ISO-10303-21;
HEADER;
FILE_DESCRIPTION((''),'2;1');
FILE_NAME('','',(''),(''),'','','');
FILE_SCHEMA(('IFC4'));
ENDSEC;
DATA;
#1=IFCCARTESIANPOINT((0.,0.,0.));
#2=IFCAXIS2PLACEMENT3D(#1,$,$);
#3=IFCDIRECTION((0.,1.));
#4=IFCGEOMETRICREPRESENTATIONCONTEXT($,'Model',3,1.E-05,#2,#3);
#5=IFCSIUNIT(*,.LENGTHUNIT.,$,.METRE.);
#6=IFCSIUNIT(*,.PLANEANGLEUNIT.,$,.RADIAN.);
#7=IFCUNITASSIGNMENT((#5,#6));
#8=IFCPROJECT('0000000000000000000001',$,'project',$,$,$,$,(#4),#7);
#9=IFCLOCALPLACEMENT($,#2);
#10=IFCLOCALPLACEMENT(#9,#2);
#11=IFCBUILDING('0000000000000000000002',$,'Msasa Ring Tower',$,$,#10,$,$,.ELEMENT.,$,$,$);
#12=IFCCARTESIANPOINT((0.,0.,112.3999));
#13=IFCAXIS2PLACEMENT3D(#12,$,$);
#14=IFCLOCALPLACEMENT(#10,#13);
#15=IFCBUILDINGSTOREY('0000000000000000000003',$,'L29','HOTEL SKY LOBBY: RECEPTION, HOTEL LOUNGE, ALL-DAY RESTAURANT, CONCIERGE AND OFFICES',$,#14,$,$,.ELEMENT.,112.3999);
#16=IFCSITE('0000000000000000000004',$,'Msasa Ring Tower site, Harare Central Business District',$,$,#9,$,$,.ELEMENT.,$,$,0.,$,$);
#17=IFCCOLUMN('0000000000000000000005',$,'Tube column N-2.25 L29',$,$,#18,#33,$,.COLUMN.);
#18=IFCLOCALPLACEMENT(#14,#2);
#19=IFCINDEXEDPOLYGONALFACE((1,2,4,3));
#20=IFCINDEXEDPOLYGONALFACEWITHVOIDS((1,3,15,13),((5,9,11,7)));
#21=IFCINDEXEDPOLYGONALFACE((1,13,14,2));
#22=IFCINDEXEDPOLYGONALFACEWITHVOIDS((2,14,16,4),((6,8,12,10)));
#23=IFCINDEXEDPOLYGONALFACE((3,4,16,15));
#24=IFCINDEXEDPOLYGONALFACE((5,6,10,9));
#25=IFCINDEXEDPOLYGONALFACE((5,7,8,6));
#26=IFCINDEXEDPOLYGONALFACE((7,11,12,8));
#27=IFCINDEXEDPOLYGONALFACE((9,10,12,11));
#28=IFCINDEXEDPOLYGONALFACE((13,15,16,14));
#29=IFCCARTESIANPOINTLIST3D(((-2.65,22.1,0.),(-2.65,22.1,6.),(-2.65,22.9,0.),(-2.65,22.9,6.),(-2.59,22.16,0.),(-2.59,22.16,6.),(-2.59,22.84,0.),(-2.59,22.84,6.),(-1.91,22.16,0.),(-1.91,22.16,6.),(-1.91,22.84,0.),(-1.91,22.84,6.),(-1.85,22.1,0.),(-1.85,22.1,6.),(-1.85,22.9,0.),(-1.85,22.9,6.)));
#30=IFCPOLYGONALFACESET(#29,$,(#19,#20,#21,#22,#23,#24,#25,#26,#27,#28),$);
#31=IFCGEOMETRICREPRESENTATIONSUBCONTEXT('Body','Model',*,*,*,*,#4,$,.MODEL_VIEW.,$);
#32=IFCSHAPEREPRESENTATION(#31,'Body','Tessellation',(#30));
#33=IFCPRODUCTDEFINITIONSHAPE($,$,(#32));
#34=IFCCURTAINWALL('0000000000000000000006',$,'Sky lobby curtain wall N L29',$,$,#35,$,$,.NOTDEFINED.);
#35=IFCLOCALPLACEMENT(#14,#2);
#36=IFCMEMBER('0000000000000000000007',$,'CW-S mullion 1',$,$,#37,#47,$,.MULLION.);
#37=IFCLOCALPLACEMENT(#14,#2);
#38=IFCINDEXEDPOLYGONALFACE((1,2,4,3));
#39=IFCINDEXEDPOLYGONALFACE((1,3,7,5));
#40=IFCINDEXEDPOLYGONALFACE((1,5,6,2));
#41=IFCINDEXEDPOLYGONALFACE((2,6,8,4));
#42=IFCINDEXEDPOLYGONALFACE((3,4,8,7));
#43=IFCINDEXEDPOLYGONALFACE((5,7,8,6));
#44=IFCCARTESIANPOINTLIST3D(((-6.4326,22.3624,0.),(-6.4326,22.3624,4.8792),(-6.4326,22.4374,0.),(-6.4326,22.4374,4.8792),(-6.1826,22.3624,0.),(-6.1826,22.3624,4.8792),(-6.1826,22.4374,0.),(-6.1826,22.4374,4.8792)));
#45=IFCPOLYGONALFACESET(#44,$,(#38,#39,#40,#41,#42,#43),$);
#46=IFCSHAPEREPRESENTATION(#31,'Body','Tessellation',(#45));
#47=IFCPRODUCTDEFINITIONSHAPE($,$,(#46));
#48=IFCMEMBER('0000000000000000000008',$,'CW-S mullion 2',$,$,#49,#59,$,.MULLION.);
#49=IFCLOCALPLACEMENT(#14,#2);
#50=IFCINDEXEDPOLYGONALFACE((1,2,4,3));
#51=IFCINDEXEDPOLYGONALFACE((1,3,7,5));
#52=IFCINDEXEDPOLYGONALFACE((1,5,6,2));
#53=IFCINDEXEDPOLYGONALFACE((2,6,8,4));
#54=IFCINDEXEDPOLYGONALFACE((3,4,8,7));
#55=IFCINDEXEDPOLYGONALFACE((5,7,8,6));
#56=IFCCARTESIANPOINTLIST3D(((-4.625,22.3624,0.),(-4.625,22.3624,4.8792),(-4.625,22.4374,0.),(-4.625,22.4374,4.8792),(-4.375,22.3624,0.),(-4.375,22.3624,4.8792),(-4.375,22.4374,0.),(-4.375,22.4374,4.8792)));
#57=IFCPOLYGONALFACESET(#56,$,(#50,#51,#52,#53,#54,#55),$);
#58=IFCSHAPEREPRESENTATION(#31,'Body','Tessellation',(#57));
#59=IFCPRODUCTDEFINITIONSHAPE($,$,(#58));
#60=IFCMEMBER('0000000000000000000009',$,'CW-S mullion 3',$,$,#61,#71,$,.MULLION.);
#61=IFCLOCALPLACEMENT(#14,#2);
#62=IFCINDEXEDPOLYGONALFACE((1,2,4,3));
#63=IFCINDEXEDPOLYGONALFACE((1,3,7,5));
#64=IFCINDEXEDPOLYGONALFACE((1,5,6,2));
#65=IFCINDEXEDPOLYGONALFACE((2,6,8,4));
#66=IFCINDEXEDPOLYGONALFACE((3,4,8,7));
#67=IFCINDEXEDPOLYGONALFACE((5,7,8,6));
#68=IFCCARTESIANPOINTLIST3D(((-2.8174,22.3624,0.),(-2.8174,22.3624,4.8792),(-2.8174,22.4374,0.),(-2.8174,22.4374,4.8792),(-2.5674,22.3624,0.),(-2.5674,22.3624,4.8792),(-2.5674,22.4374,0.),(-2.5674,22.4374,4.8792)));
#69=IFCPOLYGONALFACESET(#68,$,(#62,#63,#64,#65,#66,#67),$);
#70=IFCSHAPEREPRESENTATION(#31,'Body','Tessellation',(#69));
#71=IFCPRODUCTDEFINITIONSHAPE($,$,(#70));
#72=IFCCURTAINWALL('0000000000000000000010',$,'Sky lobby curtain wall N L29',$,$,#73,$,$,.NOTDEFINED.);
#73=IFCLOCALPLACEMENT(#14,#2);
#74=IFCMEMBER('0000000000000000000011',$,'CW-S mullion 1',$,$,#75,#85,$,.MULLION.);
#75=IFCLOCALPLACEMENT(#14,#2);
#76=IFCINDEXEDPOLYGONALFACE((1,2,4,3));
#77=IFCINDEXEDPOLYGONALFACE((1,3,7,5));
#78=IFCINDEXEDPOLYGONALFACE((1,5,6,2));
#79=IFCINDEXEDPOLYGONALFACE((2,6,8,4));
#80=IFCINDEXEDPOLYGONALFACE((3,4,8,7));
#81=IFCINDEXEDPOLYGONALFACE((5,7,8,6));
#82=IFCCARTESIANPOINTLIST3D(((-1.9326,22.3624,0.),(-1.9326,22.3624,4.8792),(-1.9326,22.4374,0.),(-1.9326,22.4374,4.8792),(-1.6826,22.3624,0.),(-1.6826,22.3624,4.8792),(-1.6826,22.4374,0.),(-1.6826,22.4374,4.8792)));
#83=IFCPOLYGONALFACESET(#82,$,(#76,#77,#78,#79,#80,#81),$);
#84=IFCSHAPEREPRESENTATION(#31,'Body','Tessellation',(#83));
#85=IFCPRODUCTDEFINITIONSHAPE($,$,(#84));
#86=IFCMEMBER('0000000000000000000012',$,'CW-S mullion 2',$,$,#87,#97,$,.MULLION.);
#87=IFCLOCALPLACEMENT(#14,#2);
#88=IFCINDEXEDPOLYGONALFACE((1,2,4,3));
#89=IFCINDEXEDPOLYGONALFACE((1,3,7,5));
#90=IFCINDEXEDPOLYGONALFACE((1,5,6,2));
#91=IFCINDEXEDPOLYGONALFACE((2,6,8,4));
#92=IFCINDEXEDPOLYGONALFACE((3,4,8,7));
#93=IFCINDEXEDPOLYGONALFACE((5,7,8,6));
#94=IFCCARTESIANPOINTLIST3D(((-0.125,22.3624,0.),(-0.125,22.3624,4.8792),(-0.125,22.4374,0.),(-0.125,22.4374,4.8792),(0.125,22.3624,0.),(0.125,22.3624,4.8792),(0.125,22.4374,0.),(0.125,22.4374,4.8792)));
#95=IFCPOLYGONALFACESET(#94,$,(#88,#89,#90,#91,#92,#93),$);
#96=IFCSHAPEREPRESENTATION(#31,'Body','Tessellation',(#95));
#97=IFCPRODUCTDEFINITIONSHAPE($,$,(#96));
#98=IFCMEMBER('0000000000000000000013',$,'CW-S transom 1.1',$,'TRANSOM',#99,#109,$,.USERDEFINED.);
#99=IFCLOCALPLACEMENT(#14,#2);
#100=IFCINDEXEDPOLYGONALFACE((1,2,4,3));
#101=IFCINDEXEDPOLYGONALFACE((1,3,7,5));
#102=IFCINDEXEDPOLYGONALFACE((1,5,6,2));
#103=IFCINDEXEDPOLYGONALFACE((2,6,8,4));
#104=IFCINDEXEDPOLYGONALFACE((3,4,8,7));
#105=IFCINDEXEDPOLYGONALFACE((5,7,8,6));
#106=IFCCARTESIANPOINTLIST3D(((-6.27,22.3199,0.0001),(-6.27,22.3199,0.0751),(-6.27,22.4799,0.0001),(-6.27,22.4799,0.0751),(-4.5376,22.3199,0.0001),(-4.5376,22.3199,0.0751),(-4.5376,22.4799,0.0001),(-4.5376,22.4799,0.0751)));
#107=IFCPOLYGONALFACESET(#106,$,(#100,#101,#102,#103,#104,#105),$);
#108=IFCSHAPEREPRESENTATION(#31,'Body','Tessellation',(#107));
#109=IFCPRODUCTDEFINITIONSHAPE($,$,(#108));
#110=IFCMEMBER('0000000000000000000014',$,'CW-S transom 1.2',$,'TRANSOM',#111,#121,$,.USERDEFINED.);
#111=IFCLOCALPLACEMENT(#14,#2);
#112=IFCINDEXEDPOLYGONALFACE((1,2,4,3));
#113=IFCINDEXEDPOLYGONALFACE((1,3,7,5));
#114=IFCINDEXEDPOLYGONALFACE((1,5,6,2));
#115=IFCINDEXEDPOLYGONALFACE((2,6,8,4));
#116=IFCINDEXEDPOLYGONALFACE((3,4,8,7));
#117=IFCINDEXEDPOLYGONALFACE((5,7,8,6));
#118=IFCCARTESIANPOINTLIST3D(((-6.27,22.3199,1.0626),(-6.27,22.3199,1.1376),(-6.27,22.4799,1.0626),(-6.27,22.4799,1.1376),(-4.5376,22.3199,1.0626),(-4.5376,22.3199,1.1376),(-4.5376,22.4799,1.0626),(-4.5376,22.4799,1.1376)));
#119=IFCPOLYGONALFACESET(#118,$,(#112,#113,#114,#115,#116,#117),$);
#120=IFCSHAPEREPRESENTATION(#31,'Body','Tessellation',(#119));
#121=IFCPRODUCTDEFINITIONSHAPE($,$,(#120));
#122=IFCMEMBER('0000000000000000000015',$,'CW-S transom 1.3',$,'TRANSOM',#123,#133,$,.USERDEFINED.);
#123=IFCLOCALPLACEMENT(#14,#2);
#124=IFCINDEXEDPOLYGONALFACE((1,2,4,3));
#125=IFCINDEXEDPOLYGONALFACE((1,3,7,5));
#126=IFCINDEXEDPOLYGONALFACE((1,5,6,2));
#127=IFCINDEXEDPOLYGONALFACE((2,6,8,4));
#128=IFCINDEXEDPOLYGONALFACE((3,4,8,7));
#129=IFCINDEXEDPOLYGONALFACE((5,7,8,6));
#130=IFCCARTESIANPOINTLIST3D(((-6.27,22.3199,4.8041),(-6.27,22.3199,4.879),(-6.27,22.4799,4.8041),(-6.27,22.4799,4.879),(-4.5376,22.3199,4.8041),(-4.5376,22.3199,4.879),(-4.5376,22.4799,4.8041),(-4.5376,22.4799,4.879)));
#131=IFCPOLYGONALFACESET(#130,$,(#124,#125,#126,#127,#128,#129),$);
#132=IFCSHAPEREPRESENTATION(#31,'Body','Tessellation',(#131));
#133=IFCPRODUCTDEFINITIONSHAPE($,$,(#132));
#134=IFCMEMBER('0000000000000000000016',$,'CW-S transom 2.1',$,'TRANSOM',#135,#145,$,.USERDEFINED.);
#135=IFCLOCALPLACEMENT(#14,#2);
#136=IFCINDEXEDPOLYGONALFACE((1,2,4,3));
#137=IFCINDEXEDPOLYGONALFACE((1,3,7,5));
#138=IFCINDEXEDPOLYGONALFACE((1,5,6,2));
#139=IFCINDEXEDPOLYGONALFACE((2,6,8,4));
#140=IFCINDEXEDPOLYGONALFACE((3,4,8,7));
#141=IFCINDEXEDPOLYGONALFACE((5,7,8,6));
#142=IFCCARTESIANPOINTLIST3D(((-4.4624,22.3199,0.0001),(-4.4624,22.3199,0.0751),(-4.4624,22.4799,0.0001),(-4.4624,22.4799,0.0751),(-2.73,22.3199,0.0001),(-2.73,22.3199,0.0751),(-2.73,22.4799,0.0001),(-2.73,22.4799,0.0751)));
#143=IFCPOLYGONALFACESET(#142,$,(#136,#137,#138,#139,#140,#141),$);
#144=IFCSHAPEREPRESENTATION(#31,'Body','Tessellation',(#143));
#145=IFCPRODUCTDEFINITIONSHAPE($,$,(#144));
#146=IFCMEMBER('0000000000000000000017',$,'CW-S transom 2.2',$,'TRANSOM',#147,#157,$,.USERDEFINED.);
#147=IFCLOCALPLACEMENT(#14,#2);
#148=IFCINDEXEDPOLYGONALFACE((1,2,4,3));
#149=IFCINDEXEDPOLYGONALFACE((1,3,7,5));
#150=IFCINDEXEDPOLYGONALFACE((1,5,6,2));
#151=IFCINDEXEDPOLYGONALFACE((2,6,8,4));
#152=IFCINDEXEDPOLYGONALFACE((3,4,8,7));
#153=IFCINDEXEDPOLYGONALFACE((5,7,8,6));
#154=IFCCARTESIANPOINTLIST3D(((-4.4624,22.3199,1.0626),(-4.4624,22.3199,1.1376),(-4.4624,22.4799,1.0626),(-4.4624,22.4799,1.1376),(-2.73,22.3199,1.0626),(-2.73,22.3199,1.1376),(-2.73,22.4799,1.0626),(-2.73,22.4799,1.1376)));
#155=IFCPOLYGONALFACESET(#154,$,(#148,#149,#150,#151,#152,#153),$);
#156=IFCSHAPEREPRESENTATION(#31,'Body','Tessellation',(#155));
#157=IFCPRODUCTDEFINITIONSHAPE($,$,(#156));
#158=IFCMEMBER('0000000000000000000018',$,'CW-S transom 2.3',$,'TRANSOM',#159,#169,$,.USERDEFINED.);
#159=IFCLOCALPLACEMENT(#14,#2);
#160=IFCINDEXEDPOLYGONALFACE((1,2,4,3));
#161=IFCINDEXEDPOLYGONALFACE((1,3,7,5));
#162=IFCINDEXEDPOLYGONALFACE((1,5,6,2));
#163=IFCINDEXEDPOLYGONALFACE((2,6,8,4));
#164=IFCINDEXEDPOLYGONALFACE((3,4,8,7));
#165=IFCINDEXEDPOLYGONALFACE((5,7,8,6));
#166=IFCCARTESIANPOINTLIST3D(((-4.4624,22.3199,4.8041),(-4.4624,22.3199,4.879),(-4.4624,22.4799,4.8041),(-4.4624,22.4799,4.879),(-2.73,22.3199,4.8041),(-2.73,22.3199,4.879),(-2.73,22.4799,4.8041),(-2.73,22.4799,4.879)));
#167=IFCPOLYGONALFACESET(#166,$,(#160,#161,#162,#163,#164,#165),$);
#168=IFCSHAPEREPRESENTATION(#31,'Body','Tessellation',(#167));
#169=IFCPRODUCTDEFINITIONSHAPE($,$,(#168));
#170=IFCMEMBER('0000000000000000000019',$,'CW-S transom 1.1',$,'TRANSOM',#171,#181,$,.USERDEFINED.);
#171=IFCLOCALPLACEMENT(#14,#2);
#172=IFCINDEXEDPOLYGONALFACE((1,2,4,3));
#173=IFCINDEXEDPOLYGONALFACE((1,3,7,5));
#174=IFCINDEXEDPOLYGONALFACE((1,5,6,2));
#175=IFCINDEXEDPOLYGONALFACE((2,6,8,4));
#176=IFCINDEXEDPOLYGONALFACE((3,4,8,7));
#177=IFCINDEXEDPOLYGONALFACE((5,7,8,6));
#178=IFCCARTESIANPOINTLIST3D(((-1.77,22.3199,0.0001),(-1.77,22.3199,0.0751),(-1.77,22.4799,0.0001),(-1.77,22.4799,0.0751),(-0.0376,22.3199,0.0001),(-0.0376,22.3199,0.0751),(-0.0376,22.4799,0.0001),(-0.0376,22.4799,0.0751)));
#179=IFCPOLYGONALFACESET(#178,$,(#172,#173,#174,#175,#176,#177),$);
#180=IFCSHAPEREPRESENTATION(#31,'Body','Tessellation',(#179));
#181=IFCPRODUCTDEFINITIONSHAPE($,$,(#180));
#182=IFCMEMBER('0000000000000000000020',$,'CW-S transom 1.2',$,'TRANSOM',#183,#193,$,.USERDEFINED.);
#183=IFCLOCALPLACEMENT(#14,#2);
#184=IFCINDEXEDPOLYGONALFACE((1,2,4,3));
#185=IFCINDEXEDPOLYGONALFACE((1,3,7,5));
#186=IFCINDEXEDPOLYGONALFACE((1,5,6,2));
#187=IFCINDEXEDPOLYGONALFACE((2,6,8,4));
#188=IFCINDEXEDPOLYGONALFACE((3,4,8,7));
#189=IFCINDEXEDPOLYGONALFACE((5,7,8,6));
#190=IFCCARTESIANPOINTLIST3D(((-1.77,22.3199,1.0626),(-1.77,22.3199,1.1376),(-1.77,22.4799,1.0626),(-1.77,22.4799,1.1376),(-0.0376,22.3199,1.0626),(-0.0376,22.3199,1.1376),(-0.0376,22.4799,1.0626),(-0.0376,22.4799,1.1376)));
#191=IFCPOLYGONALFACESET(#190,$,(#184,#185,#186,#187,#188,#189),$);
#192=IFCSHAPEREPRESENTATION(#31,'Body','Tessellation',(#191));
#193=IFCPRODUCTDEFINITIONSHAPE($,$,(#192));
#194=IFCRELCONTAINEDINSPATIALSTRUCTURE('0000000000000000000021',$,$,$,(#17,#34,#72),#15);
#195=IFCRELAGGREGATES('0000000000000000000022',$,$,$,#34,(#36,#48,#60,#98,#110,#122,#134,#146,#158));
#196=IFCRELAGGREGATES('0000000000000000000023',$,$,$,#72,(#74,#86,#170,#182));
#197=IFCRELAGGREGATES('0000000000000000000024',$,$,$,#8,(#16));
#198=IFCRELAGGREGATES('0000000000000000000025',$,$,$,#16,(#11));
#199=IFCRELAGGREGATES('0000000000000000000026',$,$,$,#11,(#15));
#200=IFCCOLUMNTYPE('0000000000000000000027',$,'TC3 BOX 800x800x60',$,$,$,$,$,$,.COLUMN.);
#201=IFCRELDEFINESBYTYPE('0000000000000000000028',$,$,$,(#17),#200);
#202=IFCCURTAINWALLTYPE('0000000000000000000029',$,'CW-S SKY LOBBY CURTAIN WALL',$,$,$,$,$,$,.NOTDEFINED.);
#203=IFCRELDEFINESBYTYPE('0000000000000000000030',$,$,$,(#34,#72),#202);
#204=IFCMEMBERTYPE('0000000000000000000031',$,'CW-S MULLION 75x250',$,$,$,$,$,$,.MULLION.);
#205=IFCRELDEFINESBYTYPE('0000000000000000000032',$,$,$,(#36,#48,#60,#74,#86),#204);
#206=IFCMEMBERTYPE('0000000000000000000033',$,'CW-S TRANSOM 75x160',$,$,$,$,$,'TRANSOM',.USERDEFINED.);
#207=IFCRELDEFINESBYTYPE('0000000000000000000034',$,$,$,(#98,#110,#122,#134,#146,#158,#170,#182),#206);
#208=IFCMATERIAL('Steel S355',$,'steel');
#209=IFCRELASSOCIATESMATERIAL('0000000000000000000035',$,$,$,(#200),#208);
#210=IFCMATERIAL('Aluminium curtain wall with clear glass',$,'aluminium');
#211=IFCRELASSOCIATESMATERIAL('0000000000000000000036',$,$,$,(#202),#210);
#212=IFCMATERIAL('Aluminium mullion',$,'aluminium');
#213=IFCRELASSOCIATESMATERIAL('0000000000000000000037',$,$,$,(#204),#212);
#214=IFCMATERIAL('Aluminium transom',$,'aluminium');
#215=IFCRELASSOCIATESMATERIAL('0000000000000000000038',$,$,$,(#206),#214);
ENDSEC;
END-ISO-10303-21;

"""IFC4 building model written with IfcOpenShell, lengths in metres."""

from ifc_helpers import new_model, si_unit, direction, frame, origin, origin_2d, place, context, subcontext, project, spatial, rectangle, hollow_rectangle, extrude, material, material_profile, profile_set, type_object, element, aggregate, save


model = new_model("IFC4")

# Units and contexts
model_context = context("Model", 3, precision=1e-05, world=origin(), true_north=direction((0.0, 1.0)))
body_context = subcontext(model_context, "Body", "Model", "MODEL_VIEW")
ifc_project = project(units=[si_unit("LENGTHUNIT", "METRE"), si_unit("PLANEANGLEUNIT", "RADIAN")], contexts=[model_context])

# Site, building, storey
site_placement = place(None, origin())
site = spatial("IfcSite", under=ifc_project, at=site_placement, Name="Msasa Ring Tower site, Harare Central Business District", CompositionType="ELEMENT", RefElevation=0.0)
building_placement = place(site_placement, origin())
building = spatial("IfcBuilding", under=site, at=building_placement, Name="Msasa Ring Tower", CompositionType="ELEMENT")
storey_placement = place(building_placement, frame((0.0, 0.0, 112.3999)))
storey = spatial("IfcBuildingStorey", under=building, at=storey_placement, Name="L29", Description="HOTEL SKY LOBBY: RECEPTION, HOTEL LOUNGE, ALL-DAY RESTAURANT, CONCIERGE AND OFFICES", CompositionType="ELEMENT", Elevation=112.3999)

# Column
ifc_material_1 = material(Name="Steel S355", Category="steel")
ifc_material_profile_1 = material_profile(ifc_material_1, hollow_rectangle(XDim=0.8, YDim=0.8, WallThickness=0.0601, at=origin_2d()), Name="BOX 800x800x60")
ifc_profile_set_1 = profile_set([ifc_material_profile_1], Name="Steel S355")
column_type = type_object("IfcColumnType", Name="TC3 BOX 800x800x60", PredefinedType="COLUMN", material=ifc_profile_set_1)
column_placement = place(storey_placement, frame((-2.25, 22.5, 0.0), z_axis=(0.0, 0.0, 1.0), x_axis=(0.0, 1.0, 0.0)))
element("IfcColumn", 1, at=column_placement, inside=storey, type_object=column_type, Name="Tube column N-2.25 L29", PredefinedType="COLUMN", context=body_context, shape_type="SweptSolid", body=[
    extrude(hollow_rectangle(XDim=0.8, YDim=0.8, WallThickness=0.0601, at=origin_2d()), origin(), (0.0, 0.0, 1.0), 6.0),
])

# Curtain walls, members
ifc_material_2 = material(Name="Aluminium curtain wall with clear glass", Category="aluminium")
curtain_wall_type = type_object("IfcCurtainWallType", Name="CW-S SKY LOBBY CURTAIN WALL", PredefinedType="NOTDEFINED", material=ifc_material_2)
curtain_wall_1_placement = place(storey_placement, origin())
curtain_wall_1 = element("IfcCurtainWall", 2, at=curtain_wall_1_placement, inside=storey, type_object=curtain_wall_type, Name="Sky lobby curtain wall N L29", PredefinedType="NOTDEFINED")
ifc_material_3 = material(Name="Aluminium mullion", Category="aluminium")
ifc_material_profile_2 = material_profile(ifc_material_3, rectangle(XDim=0.075, YDim=0.25, at=origin_2d()), Name="AL 75x250")
ifc_profile_set_2 = profile_set([ifc_material_profile_2], Name="Aluminium mullion")
member_type_1 = type_object("IfcMemberType", Name="CW-S MULLION 75x250", PredefinedType="MULLION", material=ifc_profile_set_2)
member_1_placement = place(storey_placement, frame((-6.3076, 22.3999, 0.0), z_axis=(0.0, 0.0, 1.0), x_axis=(0.0, 1.0, 0.0)))
member_1 = element("IfcMember", 3, at=member_1_placement, type_object=member_type_1, Name="CW-S mullion 1", PredefinedType="MULLION", context=body_context, shape_type="SweptSolid", body=[
    extrude(rectangle(XDim=0.075, YDim=0.25, at=origin_2d()), origin(), (0.0, 0.0, 1.0), 4.8792),
])
member_2_placement = place(storey_placement, frame((-4.5, 22.3999, 0.0), z_axis=(0.0, 0.0, 1.0), x_axis=(0.0, 1.0, 0.0)))
member_2 = element("IfcMember", 4, at=member_2_placement, type_object=member_type_1, Name="CW-S mullion 2", PredefinedType="MULLION", context=body_context, shape_type="SweptSolid", body=[
    extrude(rectangle(XDim=0.075, YDim=0.25, at=origin_2d()), origin(), (0.0, 0.0, 1.0), 4.8792),
])
member_3_placement = place(storey_placement, frame((-2.6924, 22.3999, 0.0), z_axis=(0.0, 0.0, 1.0), x_axis=(0.0, 1.0, 0.0)))
member_3 = element("IfcMember", 5, at=member_3_placement, type_object=member_type_1, Name="CW-S mullion 3", PredefinedType="MULLION", context=body_context, shape_type="SweptSolid", body=[
    extrude(rectangle(XDim=0.075, YDim=0.25, at=origin_2d()), origin(), (0.0, 0.0, 1.0), 4.8792),
])
curtain_wall_2_placement = place(storey_placement, origin())
curtain_wall_2 = element("IfcCurtainWall", 6, at=curtain_wall_2_placement, inside=storey, type_object=curtain_wall_type, Name="Sky lobby curtain wall N L29", PredefinedType="NOTDEFINED")
member_4_placement = place(storey_placement, frame((-1.8076, 22.3999, 0.0), z_axis=(0.0, 0.0, 1.0), x_axis=(0.0, 1.0, 0.0)))
member_4 = element("IfcMember", 7, at=member_4_placement, type_object=member_type_1, Name="CW-S mullion 1", PredefinedType="MULLION", context=body_context, shape_type="SweptSolid", body=[
    extrude(rectangle(XDim=0.075, YDim=0.25, at=origin_2d()), origin(), (0.0, 0.0, 1.0), 4.8792),
])
member_5_placement = place(storey_placement, frame((0.0, 22.3999, 0.0), z_axis=(0.0, 0.0, 1.0), x_axis=(0.0, 1.0, 0.0)))
member_5 = element("IfcMember", 8, at=member_5_placement, type_object=member_type_1, Name="CW-S mullion 2", PredefinedType="MULLION", context=body_context, shape_type="SweptSolid", body=[
    extrude(rectangle(XDim=0.075, YDim=0.25, at=origin_2d()), origin(), (0.0, 0.0, 1.0), 4.8792),
])

# Members
ifc_material_4 = material(Name="Aluminium transom", Category="aluminium")
ifc_material_profile_3 = material_profile(ifc_material_4, rectangle(XDim=0.1599, YDim=0.075, at=origin_2d()), Name="AL 75x160")
ifc_profile_set_3 = profile_set([ifc_material_profile_3], Name="Aluminium transom")
member_type_2 = type_object("IfcMemberType", Name="CW-S TRANSOM 75x160", ElementType="TRANSOM", PredefinedType="USERDEFINED", material=ifc_profile_set_3)
member_6_placement = place(storey_placement, frame((-6.27, 22.3999, 0.0376), z_axis=(1.0, 0.0, 0.0), x_axis=(0.0, 1.0, 0.0)))
member_6 = element("IfcMember", 9, at=member_6_placement, type_object=member_type_2, Name="CW-S transom 1.1", ObjectType="TRANSOM", PredefinedType="USERDEFINED", context=body_context, shape_type="SweptSolid", body=[
    extrude(rectangle(XDim=0.1599, YDim=0.075, at=origin_2d()), origin(), (0.0, 0.0, 1.0), 1.7324),
])
member_7_placement = place(storey_placement, frame((-6.27, 22.3999, 1.1001), z_axis=(1.0, 0.0, 0.0), x_axis=(0.0, 1.0, 0.0)))
member_7 = element("IfcMember", 10, at=member_7_placement, type_object=member_type_2, Name="CW-S transom 1.2", ObjectType="TRANSOM", PredefinedType="USERDEFINED", context=body_context, shape_type="SweptSolid", body=[
    extrude(rectangle(XDim=0.1599, YDim=0.075, at=origin_2d()), origin(), (0.0, 0.0, 1.0), 1.7324),
])
member_8_placement = place(storey_placement, frame((-6.27, 22.3999, 4.8416), z_axis=(1.0, 0.0, 0.0), x_axis=(0.0, 1.0, 0.0)))
member_8 = element("IfcMember", 11, at=member_8_placement, type_object=member_type_2, Name="CW-S transom 1.3", ObjectType="TRANSOM", PredefinedType="USERDEFINED", context=body_context, shape_type="SweptSolid", body=[
    extrude(rectangle(XDim=0.1599, YDim=0.075, at=origin_2d()), origin(), (0.0, 0.0, 1.0), 1.7324),
])
member_9_placement = place(storey_placement, frame((-4.4624, 22.3999, 0.0376), z_axis=(1.0, 0.0, 0.0), x_axis=(0.0, 1.0, 0.0)))
member_9 = element("IfcMember", 12, at=member_9_placement, type_object=member_type_2, Name="CW-S transom 2.1", ObjectType="TRANSOM", PredefinedType="USERDEFINED", context=body_context, shape_type="SweptSolid", body=[
    extrude(rectangle(XDim=0.1599, YDim=0.075, at=origin_2d()), origin(), (0.0, 0.0, 1.0), 1.7324),
])
member_10_placement = place(storey_placement, frame((-4.4624, 22.3999, 1.1001), z_axis=(1.0, 0.0, 0.0), x_axis=(0.0, 1.0, 0.0)))
member_10 = element("IfcMember", 13, at=member_10_placement, type_object=member_type_2, Name="CW-S transom 2.2", ObjectType="TRANSOM", PredefinedType="USERDEFINED", context=body_context, shape_type="SweptSolid", body=[
    extrude(rectangle(XDim=0.1599, YDim=0.075, at=origin_2d()), origin(), (0.0, 0.0, 1.0), 1.7324),
])
member_11_placement = place(storey_placement, frame((-4.4624, 22.3999, 4.8416), z_axis=(1.0, 0.0, 0.0), x_axis=(0.0, 1.0, 0.0)))
member_11 = element("IfcMember", 14, at=member_11_placement, type_object=member_type_2, Name="CW-S transom 2.3", ObjectType="TRANSOM", PredefinedType="USERDEFINED", context=body_context, shape_type="SweptSolid", body=[
    extrude(rectangle(XDim=0.1599, YDim=0.075, at=origin_2d()), origin(), (0.0, 0.0, 1.0), 1.7324),
])
member_12_placement = place(storey_placement, frame((-1.77, 22.3999, 0.0376), z_axis=(1.0, 0.0, 0.0), x_axis=(0.0, 1.0, 0.0)))
member_12 = element("IfcMember", 15, at=member_12_placement, type_object=member_type_2, Name="CW-S transom 1.1", ObjectType="TRANSOM", PredefinedType="USERDEFINED", context=body_context, shape_type="SweptSolid", body=[
    extrude(rectangle(XDim=0.1599, YDim=0.075, at=origin_2d()), origin(), (0.0, 0.0, 1.0), 1.7324),
])
member_13_placement = place(storey_placement, frame((-1.77, 22.3999, 1.1001), z_axis=(1.0, 0.0, 0.0), x_axis=(0.0, 1.0, 0.0)))
member_13 = element("IfcMember", 16, at=member_13_placement, type_object=member_type_2, Name="CW-S transom 1.2", ObjectType="TRANSOM", PredefinedType="USERDEFINED", context=body_context, shape_type="SweptSolid", body=[
    extrude(rectangle(XDim=0.1599, YDim=0.075, at=origin_2d()), origin(), (0.0, 0.0, 1.0), 1.7324),
])

aggregate(curtain_wall_1, [member_1, member_2, member_3, member_6, member_7, member_8, member_9, member_10, member_11])
aggregate(curtain_wall_2, [member_4, member_5, member_12, member_13])

save(model, "model.ifc")
